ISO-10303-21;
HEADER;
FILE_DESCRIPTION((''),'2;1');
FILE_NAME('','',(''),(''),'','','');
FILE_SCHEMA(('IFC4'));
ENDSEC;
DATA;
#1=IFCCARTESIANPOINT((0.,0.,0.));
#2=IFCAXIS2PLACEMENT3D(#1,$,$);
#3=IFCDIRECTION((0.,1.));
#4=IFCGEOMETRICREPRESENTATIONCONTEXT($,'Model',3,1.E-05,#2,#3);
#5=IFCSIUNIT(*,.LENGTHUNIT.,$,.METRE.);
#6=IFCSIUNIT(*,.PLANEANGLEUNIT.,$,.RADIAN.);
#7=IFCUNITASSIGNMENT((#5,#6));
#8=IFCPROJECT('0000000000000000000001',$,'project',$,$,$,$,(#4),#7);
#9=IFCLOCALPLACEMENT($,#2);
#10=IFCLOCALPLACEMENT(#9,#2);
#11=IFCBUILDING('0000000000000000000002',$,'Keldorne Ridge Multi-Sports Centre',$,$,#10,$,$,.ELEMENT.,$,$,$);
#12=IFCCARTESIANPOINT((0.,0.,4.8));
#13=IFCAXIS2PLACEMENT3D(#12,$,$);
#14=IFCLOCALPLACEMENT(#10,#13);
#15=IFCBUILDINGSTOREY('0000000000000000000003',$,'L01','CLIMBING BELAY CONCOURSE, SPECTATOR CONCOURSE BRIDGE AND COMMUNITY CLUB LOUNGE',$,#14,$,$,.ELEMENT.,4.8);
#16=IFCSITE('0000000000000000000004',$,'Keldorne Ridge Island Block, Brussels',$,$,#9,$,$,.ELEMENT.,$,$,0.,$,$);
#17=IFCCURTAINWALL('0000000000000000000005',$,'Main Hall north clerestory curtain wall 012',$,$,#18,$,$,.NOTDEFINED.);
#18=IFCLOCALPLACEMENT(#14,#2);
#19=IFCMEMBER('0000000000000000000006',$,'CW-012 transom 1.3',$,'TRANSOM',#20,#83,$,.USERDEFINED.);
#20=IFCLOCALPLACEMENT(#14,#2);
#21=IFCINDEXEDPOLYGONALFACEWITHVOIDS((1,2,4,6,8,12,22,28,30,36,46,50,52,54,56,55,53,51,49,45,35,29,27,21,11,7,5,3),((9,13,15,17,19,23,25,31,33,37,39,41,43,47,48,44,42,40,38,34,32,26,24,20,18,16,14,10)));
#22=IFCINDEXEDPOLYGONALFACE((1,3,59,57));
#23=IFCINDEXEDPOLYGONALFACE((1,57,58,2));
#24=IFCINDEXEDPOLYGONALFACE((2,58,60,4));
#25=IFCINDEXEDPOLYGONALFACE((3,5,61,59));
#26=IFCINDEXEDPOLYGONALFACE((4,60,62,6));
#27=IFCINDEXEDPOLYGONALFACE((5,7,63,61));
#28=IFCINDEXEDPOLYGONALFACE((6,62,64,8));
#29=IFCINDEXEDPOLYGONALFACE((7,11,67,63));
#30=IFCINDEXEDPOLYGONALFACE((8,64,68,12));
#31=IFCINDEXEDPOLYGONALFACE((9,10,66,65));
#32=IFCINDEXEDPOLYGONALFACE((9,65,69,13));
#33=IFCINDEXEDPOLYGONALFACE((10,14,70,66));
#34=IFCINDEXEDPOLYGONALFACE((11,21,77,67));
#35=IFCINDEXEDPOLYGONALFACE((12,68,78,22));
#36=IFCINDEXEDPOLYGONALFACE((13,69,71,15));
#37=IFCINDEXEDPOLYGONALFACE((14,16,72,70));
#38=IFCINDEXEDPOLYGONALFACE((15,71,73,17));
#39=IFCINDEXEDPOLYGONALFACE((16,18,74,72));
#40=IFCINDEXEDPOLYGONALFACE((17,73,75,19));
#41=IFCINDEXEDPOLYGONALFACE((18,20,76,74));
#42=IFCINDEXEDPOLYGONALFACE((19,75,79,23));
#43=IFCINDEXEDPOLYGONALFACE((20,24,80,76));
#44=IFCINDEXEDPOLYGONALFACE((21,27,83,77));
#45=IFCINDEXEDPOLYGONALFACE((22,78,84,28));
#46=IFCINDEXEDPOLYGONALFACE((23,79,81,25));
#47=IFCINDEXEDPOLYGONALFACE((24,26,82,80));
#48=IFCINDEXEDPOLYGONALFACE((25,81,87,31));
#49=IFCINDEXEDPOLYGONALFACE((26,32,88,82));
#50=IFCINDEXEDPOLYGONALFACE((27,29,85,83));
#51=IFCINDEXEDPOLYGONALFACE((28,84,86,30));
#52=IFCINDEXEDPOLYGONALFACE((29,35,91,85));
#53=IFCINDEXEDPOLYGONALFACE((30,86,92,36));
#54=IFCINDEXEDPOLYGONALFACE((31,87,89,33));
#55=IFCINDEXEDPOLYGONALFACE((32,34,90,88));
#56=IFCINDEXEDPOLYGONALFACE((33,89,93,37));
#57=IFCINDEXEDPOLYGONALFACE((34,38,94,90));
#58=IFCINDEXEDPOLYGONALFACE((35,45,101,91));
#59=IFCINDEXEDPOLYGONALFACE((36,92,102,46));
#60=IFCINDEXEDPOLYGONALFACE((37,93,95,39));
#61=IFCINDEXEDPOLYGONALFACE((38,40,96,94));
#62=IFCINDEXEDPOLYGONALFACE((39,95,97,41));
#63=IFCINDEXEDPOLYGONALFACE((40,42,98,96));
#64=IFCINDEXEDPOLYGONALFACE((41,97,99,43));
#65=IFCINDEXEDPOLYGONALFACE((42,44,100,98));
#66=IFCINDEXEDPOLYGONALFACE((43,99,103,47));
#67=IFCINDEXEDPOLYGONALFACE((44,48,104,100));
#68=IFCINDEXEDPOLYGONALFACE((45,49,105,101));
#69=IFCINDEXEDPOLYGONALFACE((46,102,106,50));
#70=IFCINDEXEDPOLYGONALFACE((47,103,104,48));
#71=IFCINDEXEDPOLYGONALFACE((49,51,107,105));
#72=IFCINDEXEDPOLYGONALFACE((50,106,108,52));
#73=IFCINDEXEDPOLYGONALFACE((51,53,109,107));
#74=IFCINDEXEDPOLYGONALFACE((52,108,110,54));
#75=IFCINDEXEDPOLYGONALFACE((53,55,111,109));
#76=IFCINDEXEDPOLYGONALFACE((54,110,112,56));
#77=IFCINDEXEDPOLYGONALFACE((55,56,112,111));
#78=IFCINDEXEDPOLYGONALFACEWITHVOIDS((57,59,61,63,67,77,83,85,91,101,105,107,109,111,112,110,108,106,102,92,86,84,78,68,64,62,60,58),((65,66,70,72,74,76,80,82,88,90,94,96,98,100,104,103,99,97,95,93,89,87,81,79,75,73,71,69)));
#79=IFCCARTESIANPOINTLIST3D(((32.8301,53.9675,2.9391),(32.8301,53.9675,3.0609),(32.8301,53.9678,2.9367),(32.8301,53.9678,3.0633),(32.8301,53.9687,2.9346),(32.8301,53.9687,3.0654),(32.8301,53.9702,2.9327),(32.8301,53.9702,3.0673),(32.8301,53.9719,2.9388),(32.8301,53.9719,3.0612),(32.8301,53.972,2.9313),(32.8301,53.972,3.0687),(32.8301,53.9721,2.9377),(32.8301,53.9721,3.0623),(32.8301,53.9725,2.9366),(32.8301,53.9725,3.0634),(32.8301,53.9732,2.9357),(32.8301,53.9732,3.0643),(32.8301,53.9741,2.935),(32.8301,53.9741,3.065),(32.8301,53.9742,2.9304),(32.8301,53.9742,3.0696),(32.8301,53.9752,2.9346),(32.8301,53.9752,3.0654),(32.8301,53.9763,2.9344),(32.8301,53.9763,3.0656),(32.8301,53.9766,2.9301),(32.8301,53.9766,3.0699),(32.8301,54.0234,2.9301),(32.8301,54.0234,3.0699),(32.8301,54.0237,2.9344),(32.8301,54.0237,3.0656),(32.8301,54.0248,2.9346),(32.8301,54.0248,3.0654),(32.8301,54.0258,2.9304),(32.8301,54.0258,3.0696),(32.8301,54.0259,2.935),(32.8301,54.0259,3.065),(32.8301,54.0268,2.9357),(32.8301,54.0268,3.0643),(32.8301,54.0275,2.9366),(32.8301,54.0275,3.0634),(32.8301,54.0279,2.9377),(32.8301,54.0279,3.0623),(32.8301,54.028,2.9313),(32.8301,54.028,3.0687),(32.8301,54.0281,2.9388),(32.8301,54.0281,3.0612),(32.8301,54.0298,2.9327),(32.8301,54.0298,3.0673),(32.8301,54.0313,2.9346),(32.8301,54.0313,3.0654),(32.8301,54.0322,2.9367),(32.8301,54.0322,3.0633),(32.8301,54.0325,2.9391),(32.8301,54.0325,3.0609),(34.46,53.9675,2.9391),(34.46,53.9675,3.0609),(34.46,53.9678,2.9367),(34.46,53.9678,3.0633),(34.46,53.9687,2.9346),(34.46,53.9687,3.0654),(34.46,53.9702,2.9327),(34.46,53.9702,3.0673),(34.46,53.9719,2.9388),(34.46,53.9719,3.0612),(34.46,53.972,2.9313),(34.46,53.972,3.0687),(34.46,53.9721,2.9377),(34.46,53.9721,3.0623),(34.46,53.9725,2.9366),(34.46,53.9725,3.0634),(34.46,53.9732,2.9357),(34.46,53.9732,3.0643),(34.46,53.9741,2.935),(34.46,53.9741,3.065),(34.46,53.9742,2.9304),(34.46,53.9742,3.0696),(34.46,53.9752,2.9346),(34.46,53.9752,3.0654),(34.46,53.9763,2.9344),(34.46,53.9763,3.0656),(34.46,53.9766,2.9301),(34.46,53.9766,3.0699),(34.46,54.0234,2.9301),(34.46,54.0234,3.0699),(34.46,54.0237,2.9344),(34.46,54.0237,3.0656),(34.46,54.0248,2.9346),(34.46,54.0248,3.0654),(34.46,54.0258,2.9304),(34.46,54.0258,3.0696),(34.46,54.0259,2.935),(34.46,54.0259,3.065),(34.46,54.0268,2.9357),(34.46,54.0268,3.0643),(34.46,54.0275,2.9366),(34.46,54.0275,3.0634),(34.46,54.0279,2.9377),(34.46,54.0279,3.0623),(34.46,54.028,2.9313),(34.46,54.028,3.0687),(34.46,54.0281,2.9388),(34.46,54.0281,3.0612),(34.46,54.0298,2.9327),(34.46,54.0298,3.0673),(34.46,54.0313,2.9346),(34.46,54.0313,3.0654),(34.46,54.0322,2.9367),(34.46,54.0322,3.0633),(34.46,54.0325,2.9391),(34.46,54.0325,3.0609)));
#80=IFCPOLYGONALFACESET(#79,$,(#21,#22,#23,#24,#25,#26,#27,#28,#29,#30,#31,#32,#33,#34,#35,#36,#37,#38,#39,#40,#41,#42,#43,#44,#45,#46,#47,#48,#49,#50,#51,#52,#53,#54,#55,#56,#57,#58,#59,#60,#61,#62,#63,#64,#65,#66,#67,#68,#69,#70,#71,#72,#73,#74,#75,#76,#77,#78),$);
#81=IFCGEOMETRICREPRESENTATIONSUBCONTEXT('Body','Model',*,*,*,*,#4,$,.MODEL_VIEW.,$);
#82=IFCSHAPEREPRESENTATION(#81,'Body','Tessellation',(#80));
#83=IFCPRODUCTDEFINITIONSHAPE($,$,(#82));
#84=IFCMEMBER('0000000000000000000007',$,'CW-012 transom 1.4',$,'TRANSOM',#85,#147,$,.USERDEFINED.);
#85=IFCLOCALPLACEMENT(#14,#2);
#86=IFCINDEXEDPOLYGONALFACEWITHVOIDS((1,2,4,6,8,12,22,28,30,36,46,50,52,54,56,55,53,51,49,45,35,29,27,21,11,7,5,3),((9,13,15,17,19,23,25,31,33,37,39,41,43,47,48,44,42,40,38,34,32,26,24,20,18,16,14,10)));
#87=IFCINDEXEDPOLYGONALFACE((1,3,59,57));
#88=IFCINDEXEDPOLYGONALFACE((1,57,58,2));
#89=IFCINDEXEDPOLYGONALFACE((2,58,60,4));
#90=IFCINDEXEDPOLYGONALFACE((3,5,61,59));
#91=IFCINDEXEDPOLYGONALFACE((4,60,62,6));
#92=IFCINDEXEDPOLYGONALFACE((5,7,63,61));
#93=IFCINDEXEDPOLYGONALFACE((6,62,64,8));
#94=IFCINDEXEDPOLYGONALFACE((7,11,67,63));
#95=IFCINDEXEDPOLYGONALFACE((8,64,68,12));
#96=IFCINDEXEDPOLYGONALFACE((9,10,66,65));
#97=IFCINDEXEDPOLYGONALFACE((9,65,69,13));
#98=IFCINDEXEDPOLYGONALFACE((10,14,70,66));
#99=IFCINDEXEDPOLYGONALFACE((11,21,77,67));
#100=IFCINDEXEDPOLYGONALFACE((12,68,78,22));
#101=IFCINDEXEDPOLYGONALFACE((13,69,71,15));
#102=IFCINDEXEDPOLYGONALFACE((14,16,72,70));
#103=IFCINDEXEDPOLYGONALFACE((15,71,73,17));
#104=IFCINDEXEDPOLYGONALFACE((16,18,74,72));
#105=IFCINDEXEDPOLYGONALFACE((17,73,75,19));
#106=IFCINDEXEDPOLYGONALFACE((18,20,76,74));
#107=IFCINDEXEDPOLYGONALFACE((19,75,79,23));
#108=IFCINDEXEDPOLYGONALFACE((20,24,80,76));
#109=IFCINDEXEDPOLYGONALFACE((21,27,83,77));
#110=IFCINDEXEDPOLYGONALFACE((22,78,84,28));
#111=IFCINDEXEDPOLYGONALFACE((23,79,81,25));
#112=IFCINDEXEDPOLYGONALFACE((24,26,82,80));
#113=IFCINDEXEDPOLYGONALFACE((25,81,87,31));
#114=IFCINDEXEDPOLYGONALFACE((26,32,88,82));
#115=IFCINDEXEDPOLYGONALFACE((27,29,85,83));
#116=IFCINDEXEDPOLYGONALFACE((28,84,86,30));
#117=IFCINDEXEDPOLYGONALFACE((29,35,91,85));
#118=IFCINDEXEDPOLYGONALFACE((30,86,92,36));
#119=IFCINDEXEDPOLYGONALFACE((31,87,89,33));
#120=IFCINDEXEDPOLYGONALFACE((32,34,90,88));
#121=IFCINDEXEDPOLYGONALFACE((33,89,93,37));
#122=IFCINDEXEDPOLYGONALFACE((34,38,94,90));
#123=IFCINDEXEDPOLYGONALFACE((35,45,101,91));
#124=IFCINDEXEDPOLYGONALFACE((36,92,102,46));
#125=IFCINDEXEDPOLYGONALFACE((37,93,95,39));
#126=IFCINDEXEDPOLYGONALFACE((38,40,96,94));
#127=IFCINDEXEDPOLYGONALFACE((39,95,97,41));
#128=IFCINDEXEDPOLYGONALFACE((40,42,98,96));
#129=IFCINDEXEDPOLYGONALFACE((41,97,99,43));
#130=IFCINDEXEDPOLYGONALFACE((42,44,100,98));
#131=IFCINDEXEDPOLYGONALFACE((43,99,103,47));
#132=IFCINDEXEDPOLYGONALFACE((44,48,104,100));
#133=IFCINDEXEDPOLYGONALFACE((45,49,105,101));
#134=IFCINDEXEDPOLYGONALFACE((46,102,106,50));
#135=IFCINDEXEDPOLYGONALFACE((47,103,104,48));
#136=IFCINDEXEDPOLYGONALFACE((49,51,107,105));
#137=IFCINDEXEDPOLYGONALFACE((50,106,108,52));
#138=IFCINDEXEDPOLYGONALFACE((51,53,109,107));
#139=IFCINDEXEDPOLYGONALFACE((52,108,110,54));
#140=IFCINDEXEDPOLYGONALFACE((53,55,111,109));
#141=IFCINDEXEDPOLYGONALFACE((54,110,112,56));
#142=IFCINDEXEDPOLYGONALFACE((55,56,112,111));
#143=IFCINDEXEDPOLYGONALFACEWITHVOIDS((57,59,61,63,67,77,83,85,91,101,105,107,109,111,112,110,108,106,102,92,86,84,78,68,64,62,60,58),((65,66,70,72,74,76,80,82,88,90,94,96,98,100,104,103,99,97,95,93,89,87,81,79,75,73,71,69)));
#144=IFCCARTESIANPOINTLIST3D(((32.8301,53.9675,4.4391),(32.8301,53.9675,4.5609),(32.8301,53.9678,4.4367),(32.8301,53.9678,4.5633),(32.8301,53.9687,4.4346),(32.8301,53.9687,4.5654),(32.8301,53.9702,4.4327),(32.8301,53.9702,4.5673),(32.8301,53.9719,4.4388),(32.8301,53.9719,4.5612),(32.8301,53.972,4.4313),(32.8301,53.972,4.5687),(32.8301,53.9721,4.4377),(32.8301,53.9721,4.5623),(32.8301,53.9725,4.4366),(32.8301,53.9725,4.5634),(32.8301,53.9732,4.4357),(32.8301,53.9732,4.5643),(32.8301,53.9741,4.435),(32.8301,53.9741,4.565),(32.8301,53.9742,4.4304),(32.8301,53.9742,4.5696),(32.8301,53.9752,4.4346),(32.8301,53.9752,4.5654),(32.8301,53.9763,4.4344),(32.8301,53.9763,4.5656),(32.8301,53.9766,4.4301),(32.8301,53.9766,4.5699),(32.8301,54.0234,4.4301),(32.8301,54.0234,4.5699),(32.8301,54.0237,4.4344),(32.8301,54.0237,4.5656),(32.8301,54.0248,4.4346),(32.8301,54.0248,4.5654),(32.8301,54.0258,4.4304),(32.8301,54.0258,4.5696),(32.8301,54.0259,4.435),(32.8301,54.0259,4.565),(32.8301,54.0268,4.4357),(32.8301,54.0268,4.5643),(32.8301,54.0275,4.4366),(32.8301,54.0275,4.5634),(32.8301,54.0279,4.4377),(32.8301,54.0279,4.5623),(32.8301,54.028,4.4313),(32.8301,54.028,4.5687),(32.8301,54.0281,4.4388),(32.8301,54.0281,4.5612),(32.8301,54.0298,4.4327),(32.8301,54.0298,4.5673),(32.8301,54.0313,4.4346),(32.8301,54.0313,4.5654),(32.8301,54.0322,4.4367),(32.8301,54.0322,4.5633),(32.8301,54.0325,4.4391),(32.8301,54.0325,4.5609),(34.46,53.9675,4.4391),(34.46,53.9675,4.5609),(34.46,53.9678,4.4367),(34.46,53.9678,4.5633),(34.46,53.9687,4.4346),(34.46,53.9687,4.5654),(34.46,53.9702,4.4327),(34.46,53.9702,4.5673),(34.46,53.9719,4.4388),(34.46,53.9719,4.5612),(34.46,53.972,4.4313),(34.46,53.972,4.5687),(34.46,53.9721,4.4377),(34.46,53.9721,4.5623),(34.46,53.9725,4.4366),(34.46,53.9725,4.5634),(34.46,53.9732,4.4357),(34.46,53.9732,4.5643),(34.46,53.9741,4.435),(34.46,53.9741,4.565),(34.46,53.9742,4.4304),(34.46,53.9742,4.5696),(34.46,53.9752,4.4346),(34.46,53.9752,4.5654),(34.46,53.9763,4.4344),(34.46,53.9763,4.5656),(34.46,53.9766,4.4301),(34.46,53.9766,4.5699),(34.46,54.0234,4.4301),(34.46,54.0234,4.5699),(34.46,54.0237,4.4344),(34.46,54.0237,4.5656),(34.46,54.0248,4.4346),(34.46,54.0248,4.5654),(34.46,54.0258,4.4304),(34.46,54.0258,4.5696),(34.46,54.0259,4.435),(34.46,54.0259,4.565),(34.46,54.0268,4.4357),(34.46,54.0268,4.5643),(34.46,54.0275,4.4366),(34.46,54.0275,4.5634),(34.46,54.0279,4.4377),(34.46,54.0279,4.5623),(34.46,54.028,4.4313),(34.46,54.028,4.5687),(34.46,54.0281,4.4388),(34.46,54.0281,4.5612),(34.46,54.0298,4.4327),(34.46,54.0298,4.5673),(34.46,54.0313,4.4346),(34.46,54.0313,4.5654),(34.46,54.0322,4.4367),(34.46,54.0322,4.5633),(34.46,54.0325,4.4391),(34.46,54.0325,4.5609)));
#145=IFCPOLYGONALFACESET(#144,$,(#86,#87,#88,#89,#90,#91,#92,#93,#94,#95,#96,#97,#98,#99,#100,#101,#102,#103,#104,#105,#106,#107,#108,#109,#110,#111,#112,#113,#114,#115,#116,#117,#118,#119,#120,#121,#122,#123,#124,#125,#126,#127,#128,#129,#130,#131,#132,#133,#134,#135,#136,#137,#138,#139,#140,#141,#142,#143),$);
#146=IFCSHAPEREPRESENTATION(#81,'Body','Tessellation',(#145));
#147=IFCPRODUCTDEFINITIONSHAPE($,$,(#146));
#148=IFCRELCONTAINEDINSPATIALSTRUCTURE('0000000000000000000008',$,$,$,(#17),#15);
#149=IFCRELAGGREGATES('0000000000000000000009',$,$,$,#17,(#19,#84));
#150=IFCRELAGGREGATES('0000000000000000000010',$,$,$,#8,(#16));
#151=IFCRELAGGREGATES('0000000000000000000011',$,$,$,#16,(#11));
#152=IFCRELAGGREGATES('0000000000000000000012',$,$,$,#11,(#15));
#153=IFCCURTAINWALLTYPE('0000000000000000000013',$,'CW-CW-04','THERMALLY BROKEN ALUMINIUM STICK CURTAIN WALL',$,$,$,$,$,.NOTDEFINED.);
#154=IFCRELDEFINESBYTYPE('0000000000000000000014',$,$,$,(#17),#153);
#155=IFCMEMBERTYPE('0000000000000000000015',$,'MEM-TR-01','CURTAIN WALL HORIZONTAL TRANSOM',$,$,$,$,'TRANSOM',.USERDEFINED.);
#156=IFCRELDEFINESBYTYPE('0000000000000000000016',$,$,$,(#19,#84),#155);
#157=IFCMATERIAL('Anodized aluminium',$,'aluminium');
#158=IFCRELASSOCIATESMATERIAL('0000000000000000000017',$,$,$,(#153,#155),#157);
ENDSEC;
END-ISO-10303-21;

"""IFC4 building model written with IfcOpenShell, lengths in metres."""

from ifc_helpers import new_model, si_unit, direction, frame, origin, origin_2d, place, context, subcontext, project, spatial, hollow_rectangle, extrude, material, material_profile, profile_set, type_object, element, aggregate, save


model = new_model("IFC4")

# Units and contexts
model_context = context("Model", 3, precision=1e-05, world=origin(), true_north=direction((0.0, 1.0)))
body_context = subcontext(model_context, "Body", "Model", "MODEL_VIEW")
ifc_project = project(units=[si_unit("LENGTHUNIT", "METRE"), si_unit("PLANEANGLEUNIT", "RADIAN")], contexts=[model_context])

# Site, building, storey
site_placement = place(None, origin())
site = spatial("IfcSite", under=ifc_project, at=site_placement, Name="Keldorne Ridge Island Block, Brussels", CompositionType="ELEMENT", RefElevation=0.0)
building_placement = place(site_placement, origin())
building = spatial("IfcBuilding", under=site, at=building_placement, Name="Keldorne Ridge Multi-Sports Centre", CompositionType="ELEMENT")
storey_placement = place(building_placement, frame((0.0, 0.0, 4.8)))
storey = spatial("IfcBuildingStorey", under=building, at=storey_placement, Name="L01", Description="CLIMBING BELAY CONCOURSE, SPECTATOR CONCOURSE BRIDGE AND COMMUNITY CLUB LOUNGE", CompositionType="ELEMENT", Elevation=4.8)

# Curtain wall
ifc_material_1 = material(Name="Anodized aluminium", Category="aluminium")
curtain_wall_type_1 = type_object("IfcCurtainWallType", Name="CW-CW-04", Description="THERMALLY BROKEN ALUMINIUM STICK CURTAIN WALL", PredefinedType="NOTDEFINED", material=ifc_material_1)
curtain_wall_1_placement = place(storey_placement, origin())
curtain_wall_1 = element("IfcCurtainWall", 1, at=curtain_wall_1_placement, inside=storey, type_object=curtain_wall_type_1, Name="Main Hall north clerestory curtain wall 012", PredefinedType="NOTDEFINED")

# Members
ifc_material_profile_1 = material_profile(ifc_material_1, hollow_rectangle(XDim=0.0649, YDim=0.1399, WallThickness=0.0044, InnerFilletRadius=0.0044, OuterFilletRadius=0.009, at=origin_2d()), Name="ALU TRANSOM 140x65x4.5")
ifc_profile_set_1 = profile_set([ifc_material_profile_1], Name="Anodized aluminium")
member_type_1 = type_object("IfcMemberType", Name="MEM-TR-01", Description="CURTAIN WALL HORIZONTAL TRANSOM", ElementType="TRANSOM", PredefinedType="USERDEFINED", material=ifc_profile_set_1)
member_1_placement = place(storey_placement, frame((34.46, 54.0, 3.0), z_axis=(-1.0, 0.0, 0.0), x_axis=(0.0, -1.0, 0.0)))
member_1 = element("IfcMember", 2, at=member_1_placement, type_object=member_type_1, Name="CW-012 transom 1.3", ObjectType="TRANSOM", PredefinedType="USERDEFINED", context=body_context, shape_type="SweptSolid", body=[
    extrude(hollow_rectangle(XDim=0.0649, YDim=0.1399, WallThickness=0.0044, InnerFilletRadius=0.0044, OuterFilletRadius=0.009, at=origin_2d()), origin(), (0.0, 0.0, 1.0), 1.6299),
])
member_2_placement = place(storey_placement, frame((34.46, 54.0, 4.5), z_axis=(-1.0, 0.0, 0.0), x_axis=(0.0, -1.0, 0.0)))
member_2 = element("IfcMember", 3, at=member_2_placement, type_object=member_type_1, Name="CW-012 transom 1.4", ObjectType="TRANSOM", PredefinedType="USERDEFINED", context=body_context, shape_type="SweptSolid", body=[
    extrude(hollow_rectangle(XDim=0.0649, YDim=0.1399, WallThickness=0.0044, InnerFilletRadius=0.0044, OuterFilletRadius=0.009, at=origin_2d()), origin(), (0.0, 0.0, 1.0), 1.6299),
])

aggregate(curtain_wall_1, [member_1, member_2])

save(model, "model.ifc")
